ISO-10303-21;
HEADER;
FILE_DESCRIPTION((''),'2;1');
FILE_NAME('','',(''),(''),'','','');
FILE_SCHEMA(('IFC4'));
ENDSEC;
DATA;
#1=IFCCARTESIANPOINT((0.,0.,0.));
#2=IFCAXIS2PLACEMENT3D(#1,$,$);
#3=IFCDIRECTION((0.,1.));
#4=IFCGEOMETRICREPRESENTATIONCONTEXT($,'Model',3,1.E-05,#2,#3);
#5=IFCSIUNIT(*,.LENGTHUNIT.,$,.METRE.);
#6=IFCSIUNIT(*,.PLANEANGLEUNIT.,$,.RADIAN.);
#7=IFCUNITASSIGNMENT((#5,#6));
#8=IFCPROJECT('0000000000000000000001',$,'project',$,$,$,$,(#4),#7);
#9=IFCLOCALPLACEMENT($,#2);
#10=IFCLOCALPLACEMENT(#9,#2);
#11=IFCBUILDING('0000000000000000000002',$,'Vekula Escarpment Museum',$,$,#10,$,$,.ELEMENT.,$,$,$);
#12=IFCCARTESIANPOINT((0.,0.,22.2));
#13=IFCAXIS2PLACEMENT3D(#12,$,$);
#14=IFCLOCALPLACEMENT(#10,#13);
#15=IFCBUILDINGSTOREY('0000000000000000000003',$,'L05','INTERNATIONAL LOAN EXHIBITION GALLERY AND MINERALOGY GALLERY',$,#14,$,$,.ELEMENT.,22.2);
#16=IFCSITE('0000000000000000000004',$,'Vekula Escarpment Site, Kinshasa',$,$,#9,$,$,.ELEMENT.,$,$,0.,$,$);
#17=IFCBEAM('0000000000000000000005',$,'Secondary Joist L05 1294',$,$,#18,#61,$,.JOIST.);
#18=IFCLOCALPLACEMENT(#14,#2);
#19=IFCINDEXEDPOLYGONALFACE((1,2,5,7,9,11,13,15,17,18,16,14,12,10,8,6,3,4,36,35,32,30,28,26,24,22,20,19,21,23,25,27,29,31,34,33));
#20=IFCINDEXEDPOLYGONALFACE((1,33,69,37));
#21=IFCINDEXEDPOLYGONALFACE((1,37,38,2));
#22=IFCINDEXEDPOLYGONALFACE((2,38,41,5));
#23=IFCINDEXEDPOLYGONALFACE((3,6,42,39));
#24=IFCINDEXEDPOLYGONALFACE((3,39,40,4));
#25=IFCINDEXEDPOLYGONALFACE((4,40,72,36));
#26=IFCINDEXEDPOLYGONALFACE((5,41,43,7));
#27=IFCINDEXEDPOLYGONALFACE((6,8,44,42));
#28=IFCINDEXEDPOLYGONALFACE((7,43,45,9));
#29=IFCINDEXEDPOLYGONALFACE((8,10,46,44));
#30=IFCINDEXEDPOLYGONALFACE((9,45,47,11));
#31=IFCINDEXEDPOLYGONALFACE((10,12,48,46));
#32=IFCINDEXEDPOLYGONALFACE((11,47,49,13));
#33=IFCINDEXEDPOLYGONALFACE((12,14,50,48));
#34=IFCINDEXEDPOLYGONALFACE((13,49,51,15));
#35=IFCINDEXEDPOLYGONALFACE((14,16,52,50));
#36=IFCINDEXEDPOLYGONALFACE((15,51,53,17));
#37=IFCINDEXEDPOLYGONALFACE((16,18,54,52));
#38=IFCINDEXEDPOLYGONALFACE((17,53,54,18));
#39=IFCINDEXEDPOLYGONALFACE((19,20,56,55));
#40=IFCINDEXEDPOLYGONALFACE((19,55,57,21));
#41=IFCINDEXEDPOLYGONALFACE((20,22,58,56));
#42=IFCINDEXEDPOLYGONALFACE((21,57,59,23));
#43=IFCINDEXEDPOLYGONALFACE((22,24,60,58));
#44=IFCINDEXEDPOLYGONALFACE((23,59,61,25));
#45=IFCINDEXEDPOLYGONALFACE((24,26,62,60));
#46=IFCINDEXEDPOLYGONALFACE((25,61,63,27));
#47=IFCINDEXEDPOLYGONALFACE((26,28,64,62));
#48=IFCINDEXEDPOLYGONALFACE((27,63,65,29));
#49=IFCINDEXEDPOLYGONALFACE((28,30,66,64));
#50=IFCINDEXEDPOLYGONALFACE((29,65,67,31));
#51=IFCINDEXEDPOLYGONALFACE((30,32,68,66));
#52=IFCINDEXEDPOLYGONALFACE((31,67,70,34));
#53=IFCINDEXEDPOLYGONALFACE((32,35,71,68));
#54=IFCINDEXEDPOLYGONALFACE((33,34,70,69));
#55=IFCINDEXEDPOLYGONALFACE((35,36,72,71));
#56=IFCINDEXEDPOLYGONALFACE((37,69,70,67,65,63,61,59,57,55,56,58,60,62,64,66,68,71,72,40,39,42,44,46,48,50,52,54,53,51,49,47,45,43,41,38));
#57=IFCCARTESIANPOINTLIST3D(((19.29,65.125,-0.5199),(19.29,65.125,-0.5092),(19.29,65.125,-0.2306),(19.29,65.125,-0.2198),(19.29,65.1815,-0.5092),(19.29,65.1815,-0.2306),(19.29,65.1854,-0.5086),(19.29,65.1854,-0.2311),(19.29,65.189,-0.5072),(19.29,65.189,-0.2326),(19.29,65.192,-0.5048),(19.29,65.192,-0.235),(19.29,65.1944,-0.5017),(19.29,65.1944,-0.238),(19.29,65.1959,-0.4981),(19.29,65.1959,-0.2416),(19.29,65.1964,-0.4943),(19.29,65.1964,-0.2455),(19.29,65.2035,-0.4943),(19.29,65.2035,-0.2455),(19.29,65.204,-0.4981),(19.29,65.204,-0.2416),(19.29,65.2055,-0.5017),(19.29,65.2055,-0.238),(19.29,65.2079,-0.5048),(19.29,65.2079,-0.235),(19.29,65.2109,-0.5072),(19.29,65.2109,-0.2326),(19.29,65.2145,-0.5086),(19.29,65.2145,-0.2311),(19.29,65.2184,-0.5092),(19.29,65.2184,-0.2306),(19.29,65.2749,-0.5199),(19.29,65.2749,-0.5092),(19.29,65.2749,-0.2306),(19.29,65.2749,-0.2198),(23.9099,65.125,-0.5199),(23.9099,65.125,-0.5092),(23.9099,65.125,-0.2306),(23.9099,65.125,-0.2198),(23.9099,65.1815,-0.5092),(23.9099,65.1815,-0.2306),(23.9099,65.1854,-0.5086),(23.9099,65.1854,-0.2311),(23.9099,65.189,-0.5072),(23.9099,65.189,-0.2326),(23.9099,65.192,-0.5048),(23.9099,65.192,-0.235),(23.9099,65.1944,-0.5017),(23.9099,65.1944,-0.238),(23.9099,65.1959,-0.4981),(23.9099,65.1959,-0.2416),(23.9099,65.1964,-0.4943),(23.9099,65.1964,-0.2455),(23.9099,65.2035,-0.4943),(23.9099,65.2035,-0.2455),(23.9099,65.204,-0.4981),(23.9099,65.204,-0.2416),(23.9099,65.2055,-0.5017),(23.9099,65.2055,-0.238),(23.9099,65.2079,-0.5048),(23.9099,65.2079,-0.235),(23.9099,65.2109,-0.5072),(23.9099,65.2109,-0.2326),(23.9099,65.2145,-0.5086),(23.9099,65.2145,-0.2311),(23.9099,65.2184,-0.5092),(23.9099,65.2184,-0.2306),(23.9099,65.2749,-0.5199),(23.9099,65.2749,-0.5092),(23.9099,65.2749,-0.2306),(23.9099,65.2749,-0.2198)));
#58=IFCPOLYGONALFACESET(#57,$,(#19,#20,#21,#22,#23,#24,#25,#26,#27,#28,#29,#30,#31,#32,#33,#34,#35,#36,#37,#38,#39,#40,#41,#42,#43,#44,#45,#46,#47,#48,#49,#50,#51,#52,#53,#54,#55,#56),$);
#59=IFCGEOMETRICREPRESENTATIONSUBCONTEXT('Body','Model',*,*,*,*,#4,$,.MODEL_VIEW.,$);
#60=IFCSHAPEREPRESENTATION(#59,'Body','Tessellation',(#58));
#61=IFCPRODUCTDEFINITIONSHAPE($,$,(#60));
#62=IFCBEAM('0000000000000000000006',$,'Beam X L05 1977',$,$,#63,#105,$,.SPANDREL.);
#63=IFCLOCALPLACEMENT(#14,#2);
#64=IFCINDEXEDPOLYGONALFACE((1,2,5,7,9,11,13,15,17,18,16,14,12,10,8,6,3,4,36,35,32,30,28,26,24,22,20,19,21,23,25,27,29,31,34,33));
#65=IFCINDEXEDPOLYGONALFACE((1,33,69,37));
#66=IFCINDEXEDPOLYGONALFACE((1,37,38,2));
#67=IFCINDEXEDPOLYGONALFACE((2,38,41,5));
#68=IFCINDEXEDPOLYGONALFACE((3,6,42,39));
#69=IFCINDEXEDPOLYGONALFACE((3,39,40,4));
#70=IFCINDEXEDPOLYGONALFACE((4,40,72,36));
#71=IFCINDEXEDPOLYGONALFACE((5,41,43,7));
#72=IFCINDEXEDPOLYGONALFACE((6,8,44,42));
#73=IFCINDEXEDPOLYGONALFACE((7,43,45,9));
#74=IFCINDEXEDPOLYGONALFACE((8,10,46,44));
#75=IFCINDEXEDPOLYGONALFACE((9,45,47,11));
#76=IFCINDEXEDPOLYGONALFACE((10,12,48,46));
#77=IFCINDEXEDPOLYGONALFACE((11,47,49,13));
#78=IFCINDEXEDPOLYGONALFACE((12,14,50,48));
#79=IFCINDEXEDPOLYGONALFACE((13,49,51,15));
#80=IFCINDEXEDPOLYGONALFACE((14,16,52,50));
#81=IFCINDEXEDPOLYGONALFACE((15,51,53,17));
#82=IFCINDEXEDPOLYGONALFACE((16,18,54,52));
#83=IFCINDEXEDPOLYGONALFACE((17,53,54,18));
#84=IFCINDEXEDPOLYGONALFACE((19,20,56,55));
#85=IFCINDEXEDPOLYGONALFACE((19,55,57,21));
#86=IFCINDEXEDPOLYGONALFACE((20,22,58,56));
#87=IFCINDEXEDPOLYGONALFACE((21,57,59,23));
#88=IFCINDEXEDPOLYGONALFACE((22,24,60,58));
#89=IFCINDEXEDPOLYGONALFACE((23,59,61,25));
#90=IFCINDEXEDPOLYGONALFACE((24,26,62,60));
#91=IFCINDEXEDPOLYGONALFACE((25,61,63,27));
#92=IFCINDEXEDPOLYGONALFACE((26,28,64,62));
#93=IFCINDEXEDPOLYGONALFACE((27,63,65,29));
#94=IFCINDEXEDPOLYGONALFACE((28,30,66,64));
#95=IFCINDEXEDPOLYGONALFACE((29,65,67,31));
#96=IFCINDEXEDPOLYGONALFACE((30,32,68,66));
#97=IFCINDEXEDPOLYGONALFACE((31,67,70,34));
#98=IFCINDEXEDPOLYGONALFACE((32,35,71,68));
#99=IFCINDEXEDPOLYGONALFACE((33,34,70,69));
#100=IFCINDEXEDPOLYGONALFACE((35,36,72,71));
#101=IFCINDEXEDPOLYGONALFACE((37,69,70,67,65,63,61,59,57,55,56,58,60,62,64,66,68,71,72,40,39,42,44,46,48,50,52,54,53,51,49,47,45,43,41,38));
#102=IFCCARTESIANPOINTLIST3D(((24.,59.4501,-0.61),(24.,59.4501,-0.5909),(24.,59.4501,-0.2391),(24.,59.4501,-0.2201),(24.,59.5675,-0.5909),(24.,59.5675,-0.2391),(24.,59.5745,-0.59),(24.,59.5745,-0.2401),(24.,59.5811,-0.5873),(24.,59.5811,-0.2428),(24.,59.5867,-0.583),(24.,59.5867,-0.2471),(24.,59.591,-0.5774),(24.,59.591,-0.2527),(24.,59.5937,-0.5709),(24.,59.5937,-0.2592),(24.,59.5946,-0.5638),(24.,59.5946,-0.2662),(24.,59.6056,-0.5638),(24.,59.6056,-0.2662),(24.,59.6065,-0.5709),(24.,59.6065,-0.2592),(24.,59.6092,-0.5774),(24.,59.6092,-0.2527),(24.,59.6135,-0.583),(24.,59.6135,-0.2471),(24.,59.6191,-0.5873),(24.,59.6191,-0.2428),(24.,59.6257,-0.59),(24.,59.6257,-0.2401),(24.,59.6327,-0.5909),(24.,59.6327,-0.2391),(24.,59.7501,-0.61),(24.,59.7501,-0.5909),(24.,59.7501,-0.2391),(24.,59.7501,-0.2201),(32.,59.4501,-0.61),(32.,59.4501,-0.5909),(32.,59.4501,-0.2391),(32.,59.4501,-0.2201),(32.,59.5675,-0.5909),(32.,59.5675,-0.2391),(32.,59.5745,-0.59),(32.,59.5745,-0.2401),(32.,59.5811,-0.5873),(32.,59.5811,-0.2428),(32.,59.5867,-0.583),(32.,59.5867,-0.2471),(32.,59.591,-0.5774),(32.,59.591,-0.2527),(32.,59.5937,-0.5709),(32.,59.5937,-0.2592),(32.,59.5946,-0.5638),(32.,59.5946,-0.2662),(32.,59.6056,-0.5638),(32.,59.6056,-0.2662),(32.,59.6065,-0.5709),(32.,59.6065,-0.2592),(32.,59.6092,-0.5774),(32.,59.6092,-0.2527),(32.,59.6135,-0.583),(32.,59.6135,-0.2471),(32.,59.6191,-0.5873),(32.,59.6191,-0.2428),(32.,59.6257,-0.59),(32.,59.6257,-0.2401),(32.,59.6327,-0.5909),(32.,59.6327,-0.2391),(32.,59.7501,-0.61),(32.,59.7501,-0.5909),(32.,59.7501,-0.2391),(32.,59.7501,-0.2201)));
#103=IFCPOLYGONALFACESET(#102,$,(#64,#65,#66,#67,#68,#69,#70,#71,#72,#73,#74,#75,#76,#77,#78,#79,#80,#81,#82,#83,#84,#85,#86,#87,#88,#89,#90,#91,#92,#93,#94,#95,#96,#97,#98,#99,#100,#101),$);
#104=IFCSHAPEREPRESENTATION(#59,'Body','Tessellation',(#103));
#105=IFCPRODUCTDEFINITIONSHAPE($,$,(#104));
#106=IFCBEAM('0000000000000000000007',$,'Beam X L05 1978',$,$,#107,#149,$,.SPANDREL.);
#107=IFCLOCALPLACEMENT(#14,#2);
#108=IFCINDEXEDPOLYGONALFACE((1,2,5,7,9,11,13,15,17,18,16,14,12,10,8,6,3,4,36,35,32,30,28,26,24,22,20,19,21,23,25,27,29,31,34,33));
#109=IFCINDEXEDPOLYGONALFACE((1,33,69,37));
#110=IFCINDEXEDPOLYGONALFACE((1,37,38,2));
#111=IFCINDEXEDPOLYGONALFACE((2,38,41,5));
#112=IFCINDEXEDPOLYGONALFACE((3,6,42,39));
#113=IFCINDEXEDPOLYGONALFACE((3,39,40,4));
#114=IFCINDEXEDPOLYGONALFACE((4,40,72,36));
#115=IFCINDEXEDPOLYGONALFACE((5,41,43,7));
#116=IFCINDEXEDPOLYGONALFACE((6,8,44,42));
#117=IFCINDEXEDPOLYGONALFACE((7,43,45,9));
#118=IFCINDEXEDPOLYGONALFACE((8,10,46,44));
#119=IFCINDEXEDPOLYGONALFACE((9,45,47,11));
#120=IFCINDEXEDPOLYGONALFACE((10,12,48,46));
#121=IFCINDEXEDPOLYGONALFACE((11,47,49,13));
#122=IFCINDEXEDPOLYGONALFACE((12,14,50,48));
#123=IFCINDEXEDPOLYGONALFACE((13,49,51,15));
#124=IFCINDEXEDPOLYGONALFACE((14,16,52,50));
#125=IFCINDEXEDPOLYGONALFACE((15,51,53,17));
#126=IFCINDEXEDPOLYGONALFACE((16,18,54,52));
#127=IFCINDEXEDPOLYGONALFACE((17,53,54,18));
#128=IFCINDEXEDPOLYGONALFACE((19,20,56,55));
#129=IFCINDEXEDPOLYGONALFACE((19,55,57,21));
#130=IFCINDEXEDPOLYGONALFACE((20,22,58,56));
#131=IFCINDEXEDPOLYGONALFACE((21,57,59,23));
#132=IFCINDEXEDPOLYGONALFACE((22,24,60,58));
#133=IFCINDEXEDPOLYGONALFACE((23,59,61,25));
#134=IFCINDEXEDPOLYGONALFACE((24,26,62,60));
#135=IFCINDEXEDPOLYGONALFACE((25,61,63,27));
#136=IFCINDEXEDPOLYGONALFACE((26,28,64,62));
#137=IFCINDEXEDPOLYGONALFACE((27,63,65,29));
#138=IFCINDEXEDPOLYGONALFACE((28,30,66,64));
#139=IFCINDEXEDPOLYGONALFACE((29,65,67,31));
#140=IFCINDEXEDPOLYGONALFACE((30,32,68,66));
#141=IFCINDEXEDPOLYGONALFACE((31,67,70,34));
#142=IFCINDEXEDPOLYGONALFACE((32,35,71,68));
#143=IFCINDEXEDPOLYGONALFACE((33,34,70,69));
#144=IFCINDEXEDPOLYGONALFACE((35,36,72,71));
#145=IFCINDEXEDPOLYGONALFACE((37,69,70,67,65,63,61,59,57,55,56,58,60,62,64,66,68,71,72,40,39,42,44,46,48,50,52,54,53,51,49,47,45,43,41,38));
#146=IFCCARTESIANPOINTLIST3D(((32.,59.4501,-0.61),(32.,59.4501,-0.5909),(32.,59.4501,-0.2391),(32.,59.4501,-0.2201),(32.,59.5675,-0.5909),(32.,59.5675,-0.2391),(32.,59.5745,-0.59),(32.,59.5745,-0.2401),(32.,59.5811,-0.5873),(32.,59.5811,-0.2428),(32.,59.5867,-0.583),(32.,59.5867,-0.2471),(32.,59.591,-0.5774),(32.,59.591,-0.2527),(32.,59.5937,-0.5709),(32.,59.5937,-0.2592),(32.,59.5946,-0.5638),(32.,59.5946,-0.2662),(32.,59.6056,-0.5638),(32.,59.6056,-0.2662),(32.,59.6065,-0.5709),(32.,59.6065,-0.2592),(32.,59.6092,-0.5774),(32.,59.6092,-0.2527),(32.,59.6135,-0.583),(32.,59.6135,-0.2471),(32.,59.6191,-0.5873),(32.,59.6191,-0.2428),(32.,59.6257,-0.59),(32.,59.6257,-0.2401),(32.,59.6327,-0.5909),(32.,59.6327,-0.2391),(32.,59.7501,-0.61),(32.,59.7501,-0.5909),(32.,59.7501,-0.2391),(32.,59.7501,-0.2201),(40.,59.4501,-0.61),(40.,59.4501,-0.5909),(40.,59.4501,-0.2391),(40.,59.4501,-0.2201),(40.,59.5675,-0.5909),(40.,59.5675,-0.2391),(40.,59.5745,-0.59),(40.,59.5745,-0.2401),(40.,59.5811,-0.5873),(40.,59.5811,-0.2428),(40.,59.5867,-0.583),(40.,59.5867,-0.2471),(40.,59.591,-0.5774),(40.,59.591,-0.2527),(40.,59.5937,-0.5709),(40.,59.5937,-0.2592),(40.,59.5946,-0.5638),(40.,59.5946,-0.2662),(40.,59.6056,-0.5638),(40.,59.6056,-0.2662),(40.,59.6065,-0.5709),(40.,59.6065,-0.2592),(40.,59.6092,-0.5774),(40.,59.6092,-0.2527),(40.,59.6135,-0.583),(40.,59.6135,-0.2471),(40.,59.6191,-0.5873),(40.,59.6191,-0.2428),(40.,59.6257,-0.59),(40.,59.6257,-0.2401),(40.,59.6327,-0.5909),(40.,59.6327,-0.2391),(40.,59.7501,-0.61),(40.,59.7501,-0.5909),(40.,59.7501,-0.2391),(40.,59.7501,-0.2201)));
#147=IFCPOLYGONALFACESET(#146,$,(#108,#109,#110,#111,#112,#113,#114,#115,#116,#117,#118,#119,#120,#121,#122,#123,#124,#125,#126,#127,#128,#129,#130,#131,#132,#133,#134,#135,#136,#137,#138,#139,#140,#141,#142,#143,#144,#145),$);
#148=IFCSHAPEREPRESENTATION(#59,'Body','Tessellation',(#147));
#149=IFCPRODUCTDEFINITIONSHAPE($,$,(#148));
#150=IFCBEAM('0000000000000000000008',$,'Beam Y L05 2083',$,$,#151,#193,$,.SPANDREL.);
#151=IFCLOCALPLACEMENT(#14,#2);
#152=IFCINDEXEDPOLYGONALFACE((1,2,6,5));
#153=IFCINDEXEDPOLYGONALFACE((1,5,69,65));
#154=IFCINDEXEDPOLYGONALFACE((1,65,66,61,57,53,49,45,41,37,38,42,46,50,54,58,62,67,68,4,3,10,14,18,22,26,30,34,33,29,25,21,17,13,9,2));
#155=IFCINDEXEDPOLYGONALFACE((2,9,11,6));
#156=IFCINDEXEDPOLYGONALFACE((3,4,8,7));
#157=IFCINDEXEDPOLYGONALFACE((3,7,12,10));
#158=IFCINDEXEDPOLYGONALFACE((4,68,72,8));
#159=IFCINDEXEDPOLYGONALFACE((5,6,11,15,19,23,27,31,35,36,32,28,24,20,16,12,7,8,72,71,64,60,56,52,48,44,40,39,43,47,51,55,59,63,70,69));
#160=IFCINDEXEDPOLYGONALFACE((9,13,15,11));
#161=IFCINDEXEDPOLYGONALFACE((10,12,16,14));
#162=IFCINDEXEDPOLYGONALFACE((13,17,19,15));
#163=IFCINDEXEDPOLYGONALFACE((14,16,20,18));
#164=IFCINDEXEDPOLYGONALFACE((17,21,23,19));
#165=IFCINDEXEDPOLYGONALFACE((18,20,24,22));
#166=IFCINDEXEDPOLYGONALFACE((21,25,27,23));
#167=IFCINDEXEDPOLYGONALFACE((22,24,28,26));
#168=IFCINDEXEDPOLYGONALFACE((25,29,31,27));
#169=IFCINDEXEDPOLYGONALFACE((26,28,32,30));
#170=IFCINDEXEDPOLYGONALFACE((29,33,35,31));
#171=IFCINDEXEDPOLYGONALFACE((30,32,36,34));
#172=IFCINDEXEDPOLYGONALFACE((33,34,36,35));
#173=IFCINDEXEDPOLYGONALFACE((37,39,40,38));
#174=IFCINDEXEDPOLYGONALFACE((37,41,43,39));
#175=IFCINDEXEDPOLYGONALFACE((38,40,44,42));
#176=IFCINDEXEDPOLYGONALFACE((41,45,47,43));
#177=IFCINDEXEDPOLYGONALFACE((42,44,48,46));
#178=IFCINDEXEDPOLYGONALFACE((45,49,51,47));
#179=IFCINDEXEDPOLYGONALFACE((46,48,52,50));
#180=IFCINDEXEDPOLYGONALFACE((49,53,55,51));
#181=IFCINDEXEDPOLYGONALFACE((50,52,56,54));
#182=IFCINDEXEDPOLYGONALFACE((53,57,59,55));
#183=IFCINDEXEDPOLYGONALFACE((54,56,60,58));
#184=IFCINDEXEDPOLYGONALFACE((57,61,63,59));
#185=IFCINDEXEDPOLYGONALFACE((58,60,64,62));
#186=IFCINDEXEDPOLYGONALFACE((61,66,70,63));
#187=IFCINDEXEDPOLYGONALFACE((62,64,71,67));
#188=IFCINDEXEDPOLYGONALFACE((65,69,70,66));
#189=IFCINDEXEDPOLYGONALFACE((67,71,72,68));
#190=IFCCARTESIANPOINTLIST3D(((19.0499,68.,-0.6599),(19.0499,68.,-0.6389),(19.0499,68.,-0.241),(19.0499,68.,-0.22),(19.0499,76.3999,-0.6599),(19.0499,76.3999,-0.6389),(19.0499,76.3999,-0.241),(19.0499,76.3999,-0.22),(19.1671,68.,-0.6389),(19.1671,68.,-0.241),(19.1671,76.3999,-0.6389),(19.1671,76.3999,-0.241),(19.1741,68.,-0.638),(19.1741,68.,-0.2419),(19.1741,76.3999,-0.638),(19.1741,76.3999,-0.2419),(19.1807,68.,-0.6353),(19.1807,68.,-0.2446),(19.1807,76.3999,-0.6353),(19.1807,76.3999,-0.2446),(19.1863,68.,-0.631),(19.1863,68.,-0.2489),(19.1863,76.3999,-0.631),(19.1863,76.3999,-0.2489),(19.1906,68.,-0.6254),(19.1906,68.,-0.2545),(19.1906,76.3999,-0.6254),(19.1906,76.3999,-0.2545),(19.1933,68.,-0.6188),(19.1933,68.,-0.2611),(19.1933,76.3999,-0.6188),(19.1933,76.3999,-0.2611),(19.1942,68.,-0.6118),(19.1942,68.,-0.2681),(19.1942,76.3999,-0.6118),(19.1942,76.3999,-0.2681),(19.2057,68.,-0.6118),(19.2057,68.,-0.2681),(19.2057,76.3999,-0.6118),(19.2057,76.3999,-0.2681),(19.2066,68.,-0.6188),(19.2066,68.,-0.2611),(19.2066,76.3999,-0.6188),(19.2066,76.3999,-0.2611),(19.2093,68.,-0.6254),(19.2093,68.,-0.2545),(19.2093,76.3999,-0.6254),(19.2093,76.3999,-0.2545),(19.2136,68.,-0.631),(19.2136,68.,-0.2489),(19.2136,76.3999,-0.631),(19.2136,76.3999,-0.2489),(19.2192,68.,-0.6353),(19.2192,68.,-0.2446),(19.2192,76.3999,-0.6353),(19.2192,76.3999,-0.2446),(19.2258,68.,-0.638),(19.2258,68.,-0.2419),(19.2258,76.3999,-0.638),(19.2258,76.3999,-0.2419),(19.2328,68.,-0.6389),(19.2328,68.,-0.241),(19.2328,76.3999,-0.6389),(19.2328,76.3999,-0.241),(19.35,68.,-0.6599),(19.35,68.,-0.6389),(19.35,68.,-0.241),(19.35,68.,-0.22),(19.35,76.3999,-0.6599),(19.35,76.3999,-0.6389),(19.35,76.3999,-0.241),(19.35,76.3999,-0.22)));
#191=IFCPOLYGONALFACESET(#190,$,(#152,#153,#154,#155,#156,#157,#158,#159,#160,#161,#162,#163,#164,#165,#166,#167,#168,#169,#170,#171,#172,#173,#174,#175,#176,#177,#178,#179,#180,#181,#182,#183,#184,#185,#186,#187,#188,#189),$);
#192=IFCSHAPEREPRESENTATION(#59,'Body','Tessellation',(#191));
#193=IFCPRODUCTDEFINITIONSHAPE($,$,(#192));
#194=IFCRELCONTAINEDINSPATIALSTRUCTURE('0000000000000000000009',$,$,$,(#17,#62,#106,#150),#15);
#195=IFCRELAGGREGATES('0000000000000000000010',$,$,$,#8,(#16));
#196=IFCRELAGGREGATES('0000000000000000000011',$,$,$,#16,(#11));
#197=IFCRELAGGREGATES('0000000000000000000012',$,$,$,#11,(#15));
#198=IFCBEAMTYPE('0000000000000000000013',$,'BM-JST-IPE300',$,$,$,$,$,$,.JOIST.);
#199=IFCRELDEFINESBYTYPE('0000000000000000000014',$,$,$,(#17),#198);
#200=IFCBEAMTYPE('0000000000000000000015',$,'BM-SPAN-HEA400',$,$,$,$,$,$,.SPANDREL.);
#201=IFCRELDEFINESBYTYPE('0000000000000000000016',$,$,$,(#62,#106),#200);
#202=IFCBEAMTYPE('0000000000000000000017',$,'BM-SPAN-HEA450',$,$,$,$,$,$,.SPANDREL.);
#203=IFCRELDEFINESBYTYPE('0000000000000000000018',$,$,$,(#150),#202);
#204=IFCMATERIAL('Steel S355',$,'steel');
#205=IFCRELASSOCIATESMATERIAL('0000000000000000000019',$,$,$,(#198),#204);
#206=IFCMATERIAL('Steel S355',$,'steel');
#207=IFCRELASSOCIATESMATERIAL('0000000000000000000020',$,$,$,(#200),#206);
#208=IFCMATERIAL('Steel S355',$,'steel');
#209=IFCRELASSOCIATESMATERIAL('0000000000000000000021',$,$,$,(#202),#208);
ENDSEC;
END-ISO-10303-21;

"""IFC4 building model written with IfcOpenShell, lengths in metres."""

from ifc_helpers import new_model, si_unit, direction, frame, origin, origin_2d, place, context, subcontext, project, spatial, i_section, extrude, material, material_profile, profile_set, type_object, element, save


model = new_model("IFC4")

# Units and contexts
model_context = context("Model", 3, precision=1e-05, world=origin(), true_north=direction((0.0, 1.0)))
body_context = subcontext(model_context, "Body", "Model", "MODEL_VIEW")
ifc_project = project(units=[si_unit("LENGTHUNIT", "METRE"), si_unit("PLANEANGLEUNIT", "RADIAN")], contexts=[model_context])

# Site, building, storey
site_placement = place(None, origin())
site = spatial("IfcSite", under=ifc_project, at=site_placement, Name="Vekula Escarpment Site, Kinshasa", CompositionType="ELEMENT", RefElevation=0.0)
building_placement = place(site_placement, origin())
building = spatial("IfcBuilding", under=site, at=building_placement, Name="Vekula Escarpment Museum", CompositionType="ELEMENT")
storey_placement = place(building_placement, frame((0.0, 0.0, 22.2)))
storey = spatial("IfcBuildingStorey", under=building, at=storey_placement, Name="L05", Description="INTERNATIONAL LOAN EXHIBITION GALLERY AND MINERALOGY GALLERY", CompositionType="ELEMENT", Elevation=22.2)

# Beams
ifc_material_1 = material(Name="Steel S355", Category="steel")
ifc_material_profile_1 = material_profile(ifc_material_1, i_section(OverallWidth=0.1499, OverallDepth=0.3, WebThickness=0.0071, FlangeThickness=0.0107, FilletRadius=0.0149, at=origin_2d()), Name="IPE 300")
ifc_profile_set_1 = profile_set([ifc_material_profile_1], Name="Steel S355")
beam_type_1 = type_object("IfcBeamType", Name="BM-JST-IPE300", PredefinedType="JOIST", material=ifc_profile_set_1)
for number, where, z_axis, x_axis, name in (
    (1, (19.29, 65.2, -0.3699), (1.0, 0.0, 0.0), (0.0, 1.0, 0.0), "Secondary Joist L05 1294"),
):
    element("IfcBeam", number, at=place(storey_placement, frame(where, z_axis=z_axis, x_axis=x_axis)), inside=storey, type_object=beam_type_1, Name=name, PredefinedType="JOIST", context=body_context, shape_type="SweptSolid", body=[
        extrude(i_section(OverallWidth=0.1499, OverallDepth=0.3, WebThickness=0.0071, FlangeThickness=0.0107, FilletRadius=0.0149, at=origin_2d()), origin(), (0.0, 0.0, 1.0), 4.6199),
    ])
ifc_material_2 = material(Name="Steel S355", Category="steel")
ifc_material_profile_2 = material_profile(ifc_material_2, i_section(OverallWidth=0.3, OverallDepth=0.3899, WebThickness=0.011, FlangeThickness=0.019, FilletRadius=0.0271, at=origin_2d()), Name="HEA 400")
ifc_profile_set_2 = profile_set([ifc_material_profile_2], Name="Steel S355")
beam_type_2 = type_object("IfcBeamType", Name="BM-SPAN-HEA400", PredefinedType="SPANDREL", material=ifc_profile_set_2)
for number, where, z_axis, x_axis, name in (
    (2, (24.0, 59.6001, -0.415), (1.0, 0.0, 0.0), (0.0, 1.0, 0.0), "Beam X L05 1977"),
    (3, (32.0, 59.6001, -0.415), (1.0, 0.0, 0.0), (0.0, 1.0, 0.0), "Beam X L05 1978"),
):
    element("IfcBeam", number, at=place(storey_placement, frame(where, z_axis=z_axis, x_axis=x_axis)), inside=storey, type_object=beam_type_2, Name=name, PredefinedType="SPANDREL", context=body_context, shape_type="SweptSolid", body=[
        extrude(i_section(OverallWidth=0.3, OverallDepth=0.3899, WebThickness=0.011, FlangeThickness=0.019, FilletRadius=0.0271, at=origin_2d()), origin(), (0.0, 0.0, 1.0), 8.0),
    ])
ifc_material_3 = material(Name="Steel S355", Category="steel")
ifc_material_profile_3 = material_profile(ifc_material_3, i_section(OverallWidth=0.3, OverallDepth=0.4399, WebThickness=0.0115, FlangeThickness=0.021, FilletRadius=0.0271, at=origin_2d()), Name="HEA 450")
ifc_profile_set_3 = profile_set([ifc_material_profile_3], Name="Steel S355")
beam_type_3 = type_object("IfcBeamType", Name="BM-SPAN-HEA450", PredefinedType="SPANDREL", material=ifc_profile_set_3)
beam_1_placement = place(storey_placement, frame((19.2, 68.0, -0.4399), z_axis=(0.0, 1.0, 0.0), x_axis=(-1.0, 0.0, 0.0)))
element("IfcBeam", 4, at=beam_1_placement, inside=storey, type_object=beam_type_3, Name="Beam Y L05 2083", PredefinedType="SPANDREL", context=body_context, shape_type="SweptSolid", body=[
    extrude(i_section(OverallWidth=0.3, OverallDepth=0.4399, WebThickness=0.0115, FlangeThickness=0.021, FilletRadius=0.0271, at=origin_2d()), origin(), (0.0, 0.0, 1.0), 8.3999),
])

save(model, "model.ifc")
